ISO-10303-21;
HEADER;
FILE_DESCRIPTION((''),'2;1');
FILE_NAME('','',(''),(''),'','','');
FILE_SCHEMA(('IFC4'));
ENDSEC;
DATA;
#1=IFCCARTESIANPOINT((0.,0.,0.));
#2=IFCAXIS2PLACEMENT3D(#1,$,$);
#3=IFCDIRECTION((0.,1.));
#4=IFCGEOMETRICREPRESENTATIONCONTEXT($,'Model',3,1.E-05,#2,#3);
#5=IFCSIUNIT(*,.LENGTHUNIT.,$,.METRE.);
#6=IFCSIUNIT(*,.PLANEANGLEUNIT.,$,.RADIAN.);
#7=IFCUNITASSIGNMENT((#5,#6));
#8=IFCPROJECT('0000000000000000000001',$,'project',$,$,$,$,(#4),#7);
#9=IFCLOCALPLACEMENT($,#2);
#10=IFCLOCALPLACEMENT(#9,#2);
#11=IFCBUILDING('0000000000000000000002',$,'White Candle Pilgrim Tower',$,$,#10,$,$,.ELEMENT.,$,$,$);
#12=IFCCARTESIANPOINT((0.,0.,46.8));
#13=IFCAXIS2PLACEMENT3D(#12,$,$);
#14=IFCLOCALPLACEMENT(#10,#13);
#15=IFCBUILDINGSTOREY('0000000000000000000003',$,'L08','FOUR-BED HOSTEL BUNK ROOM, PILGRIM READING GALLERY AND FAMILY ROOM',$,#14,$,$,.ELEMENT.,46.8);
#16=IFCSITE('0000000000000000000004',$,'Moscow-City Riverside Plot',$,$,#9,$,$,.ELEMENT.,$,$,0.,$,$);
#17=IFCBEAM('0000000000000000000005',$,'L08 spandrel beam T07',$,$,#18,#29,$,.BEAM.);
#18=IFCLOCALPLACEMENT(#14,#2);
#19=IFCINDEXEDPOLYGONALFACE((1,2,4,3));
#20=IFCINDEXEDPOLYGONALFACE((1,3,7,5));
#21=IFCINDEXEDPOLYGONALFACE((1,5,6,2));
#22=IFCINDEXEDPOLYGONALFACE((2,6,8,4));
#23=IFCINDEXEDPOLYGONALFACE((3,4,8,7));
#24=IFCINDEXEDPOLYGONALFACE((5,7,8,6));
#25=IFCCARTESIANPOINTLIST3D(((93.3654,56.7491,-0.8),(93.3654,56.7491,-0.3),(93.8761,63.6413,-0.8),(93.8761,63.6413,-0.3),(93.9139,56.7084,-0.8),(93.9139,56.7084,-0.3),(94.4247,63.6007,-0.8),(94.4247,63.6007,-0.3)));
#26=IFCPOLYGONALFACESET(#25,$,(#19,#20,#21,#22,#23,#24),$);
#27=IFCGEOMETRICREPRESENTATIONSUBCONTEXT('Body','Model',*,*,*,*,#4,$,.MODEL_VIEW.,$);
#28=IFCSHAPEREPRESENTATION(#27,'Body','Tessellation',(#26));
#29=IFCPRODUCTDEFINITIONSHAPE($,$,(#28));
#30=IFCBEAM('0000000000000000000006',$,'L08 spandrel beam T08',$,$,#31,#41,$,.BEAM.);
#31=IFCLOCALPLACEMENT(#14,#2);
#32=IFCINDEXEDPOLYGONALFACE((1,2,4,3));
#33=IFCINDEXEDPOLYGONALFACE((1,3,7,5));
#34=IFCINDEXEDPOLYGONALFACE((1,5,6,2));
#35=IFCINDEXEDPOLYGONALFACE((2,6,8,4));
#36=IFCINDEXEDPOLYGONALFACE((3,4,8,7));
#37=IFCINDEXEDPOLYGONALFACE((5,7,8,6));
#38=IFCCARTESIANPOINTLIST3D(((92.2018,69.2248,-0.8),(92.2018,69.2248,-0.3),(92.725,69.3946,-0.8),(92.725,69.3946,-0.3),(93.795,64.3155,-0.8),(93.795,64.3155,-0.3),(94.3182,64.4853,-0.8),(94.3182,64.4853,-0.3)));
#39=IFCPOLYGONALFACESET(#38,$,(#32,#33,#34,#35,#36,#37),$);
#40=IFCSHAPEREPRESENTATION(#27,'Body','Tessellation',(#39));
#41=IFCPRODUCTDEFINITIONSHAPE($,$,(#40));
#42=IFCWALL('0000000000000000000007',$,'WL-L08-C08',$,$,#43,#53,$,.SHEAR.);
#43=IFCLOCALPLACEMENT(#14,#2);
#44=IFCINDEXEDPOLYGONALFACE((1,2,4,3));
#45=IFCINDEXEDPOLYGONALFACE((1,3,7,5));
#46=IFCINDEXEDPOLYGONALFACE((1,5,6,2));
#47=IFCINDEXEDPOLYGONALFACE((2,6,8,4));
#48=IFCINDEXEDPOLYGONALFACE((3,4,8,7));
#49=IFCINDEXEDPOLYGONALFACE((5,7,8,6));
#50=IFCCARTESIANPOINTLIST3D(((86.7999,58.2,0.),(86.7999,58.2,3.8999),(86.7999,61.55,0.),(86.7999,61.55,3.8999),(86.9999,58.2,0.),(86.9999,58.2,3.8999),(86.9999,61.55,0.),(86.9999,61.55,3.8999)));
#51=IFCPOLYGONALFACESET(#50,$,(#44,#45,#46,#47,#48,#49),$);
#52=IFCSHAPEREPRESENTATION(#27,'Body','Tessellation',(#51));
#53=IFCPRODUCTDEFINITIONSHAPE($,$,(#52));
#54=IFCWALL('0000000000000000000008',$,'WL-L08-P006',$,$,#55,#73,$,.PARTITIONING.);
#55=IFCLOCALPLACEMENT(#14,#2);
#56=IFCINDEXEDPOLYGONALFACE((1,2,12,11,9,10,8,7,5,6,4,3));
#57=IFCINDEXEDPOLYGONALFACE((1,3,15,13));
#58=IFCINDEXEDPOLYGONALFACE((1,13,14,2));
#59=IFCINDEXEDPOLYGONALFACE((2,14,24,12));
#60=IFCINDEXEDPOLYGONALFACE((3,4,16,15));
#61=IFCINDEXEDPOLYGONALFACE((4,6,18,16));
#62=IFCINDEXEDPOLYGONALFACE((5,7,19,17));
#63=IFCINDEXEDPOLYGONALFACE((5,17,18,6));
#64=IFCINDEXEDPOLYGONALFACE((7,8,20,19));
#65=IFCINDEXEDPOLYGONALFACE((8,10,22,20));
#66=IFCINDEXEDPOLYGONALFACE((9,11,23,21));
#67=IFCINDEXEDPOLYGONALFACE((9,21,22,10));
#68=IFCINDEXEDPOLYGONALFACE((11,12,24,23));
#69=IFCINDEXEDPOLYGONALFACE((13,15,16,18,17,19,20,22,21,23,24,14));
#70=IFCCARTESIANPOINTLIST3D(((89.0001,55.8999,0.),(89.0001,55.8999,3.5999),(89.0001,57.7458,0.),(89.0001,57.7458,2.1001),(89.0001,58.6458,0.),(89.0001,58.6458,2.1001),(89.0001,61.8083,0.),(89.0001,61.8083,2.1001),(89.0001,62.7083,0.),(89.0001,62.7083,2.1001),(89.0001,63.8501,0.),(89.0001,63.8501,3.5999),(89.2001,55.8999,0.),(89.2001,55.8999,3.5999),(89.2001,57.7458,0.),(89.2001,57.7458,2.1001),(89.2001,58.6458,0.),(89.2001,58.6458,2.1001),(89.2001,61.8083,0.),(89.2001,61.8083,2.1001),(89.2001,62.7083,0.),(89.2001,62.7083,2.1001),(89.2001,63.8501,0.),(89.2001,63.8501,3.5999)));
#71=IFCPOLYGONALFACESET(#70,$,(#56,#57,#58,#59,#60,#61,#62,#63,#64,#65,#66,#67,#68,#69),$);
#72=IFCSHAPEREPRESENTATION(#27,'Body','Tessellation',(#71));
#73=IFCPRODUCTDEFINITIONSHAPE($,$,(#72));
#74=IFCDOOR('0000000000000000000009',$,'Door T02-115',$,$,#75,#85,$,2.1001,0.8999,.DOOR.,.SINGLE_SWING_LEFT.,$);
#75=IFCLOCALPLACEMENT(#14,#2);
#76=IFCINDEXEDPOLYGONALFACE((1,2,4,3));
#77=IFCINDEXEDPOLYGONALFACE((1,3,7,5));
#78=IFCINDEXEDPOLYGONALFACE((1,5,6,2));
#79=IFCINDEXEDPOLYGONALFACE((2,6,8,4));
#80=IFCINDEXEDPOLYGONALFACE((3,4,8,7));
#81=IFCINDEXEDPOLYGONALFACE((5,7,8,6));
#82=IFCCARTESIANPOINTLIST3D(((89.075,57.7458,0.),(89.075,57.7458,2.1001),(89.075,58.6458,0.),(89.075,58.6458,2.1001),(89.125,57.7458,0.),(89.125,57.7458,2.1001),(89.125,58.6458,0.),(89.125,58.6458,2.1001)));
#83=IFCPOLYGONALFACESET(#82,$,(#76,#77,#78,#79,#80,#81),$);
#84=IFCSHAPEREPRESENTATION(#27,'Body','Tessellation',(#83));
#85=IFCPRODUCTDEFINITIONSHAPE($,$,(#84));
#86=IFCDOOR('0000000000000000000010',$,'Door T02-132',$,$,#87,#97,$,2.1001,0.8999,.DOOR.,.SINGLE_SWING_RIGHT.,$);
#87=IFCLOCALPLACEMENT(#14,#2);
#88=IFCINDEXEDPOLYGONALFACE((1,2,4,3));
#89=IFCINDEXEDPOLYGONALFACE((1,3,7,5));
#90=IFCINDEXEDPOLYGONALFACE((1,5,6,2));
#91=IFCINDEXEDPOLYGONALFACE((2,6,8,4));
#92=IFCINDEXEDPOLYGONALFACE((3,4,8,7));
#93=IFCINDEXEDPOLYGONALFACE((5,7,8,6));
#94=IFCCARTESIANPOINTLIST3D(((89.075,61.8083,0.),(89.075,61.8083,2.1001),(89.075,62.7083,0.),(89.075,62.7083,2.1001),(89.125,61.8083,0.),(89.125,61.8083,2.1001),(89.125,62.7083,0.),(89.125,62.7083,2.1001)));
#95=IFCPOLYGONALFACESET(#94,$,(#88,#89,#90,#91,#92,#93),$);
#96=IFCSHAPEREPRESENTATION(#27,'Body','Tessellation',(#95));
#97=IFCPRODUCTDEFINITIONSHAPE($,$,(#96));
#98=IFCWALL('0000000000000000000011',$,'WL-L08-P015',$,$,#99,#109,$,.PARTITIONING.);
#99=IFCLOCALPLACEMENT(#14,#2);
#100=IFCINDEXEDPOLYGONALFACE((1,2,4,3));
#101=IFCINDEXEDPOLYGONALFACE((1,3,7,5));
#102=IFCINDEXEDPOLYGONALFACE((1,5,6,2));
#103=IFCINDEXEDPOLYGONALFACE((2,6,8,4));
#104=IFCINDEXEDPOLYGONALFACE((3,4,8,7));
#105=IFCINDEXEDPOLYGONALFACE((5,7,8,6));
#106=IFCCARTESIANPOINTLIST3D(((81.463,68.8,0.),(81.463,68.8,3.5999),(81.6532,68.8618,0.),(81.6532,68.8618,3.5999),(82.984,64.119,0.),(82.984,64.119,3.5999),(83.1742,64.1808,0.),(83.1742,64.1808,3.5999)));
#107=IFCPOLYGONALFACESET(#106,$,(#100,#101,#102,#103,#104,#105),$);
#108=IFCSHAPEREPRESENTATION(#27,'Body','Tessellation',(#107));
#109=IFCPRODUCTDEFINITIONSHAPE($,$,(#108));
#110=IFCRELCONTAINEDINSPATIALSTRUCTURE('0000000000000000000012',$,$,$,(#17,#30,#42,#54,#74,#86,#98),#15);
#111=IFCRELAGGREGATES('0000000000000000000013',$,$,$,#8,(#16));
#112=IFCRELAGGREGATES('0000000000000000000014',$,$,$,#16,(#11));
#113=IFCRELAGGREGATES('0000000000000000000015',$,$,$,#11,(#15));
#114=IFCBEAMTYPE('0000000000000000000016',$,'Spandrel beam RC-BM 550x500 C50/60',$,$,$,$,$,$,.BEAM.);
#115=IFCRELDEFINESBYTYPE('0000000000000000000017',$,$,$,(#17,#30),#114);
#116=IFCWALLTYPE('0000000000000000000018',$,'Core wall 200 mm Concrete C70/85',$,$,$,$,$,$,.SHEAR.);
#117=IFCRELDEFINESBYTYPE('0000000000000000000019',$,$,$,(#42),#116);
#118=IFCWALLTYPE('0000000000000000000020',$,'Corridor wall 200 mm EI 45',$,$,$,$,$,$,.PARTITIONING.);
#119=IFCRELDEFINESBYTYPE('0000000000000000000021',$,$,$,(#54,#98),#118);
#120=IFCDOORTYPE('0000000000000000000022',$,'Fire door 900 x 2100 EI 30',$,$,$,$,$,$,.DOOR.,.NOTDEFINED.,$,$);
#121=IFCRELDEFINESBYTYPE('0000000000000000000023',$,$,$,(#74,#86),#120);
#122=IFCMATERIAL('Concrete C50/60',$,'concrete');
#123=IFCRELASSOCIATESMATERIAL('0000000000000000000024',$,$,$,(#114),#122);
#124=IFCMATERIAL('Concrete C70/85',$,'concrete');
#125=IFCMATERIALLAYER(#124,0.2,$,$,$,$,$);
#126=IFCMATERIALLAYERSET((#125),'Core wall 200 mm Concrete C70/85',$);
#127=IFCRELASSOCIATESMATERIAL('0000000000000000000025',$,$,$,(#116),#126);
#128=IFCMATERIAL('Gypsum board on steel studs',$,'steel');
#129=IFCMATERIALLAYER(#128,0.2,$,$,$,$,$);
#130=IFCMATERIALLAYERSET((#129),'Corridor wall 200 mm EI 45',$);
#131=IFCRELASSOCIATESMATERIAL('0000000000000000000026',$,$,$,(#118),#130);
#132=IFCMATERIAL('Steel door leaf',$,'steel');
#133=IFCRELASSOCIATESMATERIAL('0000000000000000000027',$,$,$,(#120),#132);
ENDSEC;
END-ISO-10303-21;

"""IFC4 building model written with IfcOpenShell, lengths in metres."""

from ifc_helpers import new_model, si_unit, direction, frame, frame_2d, origin, origin_2d, place, context, subcontext, project, spatial, rectangle, extrude, material, layer, layer_set, material_profile, profile_set, type_object, element, fill, save


model = new_model("IFC4")

# Units and contexts
model_context = context("Model", 3, precision=1e-05, world=origin(), true_north=direction((0.0, 1.0)))
body_context = subcontext(model_context, "Body", "Model", "MODEL_VIEW")
ifc_project = project(units=[si_unit("LENGTHUNIT", "METRE"), si_unit("PLANEANGLEUNIT", "RADIAN")], contexts=[model_context])

# Site, building, storey
site_placement = place(None, origin())
site = spatial("IfcSite", under=ifc_project, at=site_placement, Name="Moscow-City Riverside Plot", CompositionType="ELEMENT", RefElevation=0.0)
building_placement = place(site_placement, origin())
building = spatial("IfcBuilding", under=site, at=building_placement, Name="White Candle Pilgrim Tower", CompositionType="ELEMENT")
storey_placement = place(building_placement, frame((0.0, 0.0, 46.8)))
storey = spatial("IfcBuildingStorey", under=building, at=storey_placement, Name="L08", Description="FOUR-BED HOSTEL BUNK ROOM, PILGRIM READING GALLERY AND FAMILY ROOM", CompositionType="ELEMENT", Elevation=46.8)

# Beams
ifc_material_1 = material(Name="Concrete C50/60", Category="concrete")
ifc_material_profile_1 = material_profile(ifc_material_1, rectangle(XDim=0.55, YDim=0.5, at=origin_2d()), Name="RC-BM 550x500")
ifc_profile_set_1 = profile_set([ifc_material_profile_1], Name="Concrete C50/60")
beam_type_1 = type_object("IfcBeamType", Name="Spandrel beam RC-BM 550x500 C50/60", PredefinedType="BEAM", material=ifc_profile_set_1)
beam_1_placement = place(storey_placement, frame((93.6396, 56.7288, -0.55), z_axis=(0.0739, 0.997266, 0.0), x_axis=(-0.997266, 0.0739, 0.0)))
element("IfcBeam", 1, at=beam_1_placement, inside=storey, type_object=beam_type_1, Name="L08 spandrel beam T07", PredefinedType="BEAM", context=body_context, shape_type="SweptSolid", body=[
    extrude(rectangle(XDim=0.55, YDim=0.5, at=origin_2d()), origin(), (0.0, 0.0, 1.0), 6.9111),
])
beam_2_placement = place(storey_placement, frame((94.0566, 64.4004, -0.55), z_axis=(-0.308683, 0.951165, 0.0), x_axis=(-0.951165, -0.308683, 0.0)))
element("IfcBeam", 2, at=beam_2_placement, inside=storey, type_object=beam_type_1, Name="L08 spandrel beam T08", PredefinedType="BEAM", context=body_context, shape_type="SweptSolid", body=[
    extrude(rectangle(XDim=0.55, YDim=0.5, at=origin_2d()), origin(), (0.0, 0.0, 1.0), 5.1614),
])

# Wall
ifc_material_2 = material(Name="Concrete C70/85", Category="concrete")
ifc_layer_1 = layer(ifc_material_2, 0.2)
ifc_layer_set_1 = layer_set([ifc_layer_1], Name="Core wall 200 mm Concrete C70/85")
wall_type_1 = type_object("IfcWallType", Name="Core wall 200 mm Concrete C70/85", PredefinedType="SHEAR", material=ifc_layer_set_1)
wall_1_placement = place(storey_placement, frame((86.8999, 58.2, 0.0), z_axis=(0.0, 0.0, 1.0), x_axis=(0.0, 1.0, 0.0)))
element("IfcWall", 3, at=wall_1_placement, inside=storey, type_object=wall_type_1, Name="WL-L08-C08", PredefinedType="SHEAR", context=body_context, shape_type="SweptSolid", body=[
    extrude(rectangle(XDim=3.3501, YDim=0.2, at=frame_2d((1.675, 0.0))), origin(), (0.0, 0.0, 1.0), 3.8999),
])

# Wall, openings, doors
ifc_material_3 = material(Name="Gypsum board on steel studs", Category="steel")
ifc_layer_2 = layer(ifc_material_3, 0.2)
ifc_layer_set_2 = layer_set([ifc_layer_2], Name="Corridor wall 200 mm EI 45")
wall_type_2 = type_object("IfcWallType", Name="Corridor wall 200 mm EI 45", PredefinedType="PARTITIONING", material=ifc_layer_set_2)
wall_2_placement = place(storey_placement, frame((89.1001, 63.8501, 0.0), z_axis=(0.0, 0.0, 1.0), x_axis=(0.0, -1.0, 0.0)))
wall_2 = element("IfcWall", 4, at=wall_2_placement, inside=storey, type_object=wall_type_2, Name="WL-L08-P006", PredefinedType="PARTITIONING", context=body_context, shape_type="SweptSolid", body=[
    extrude(rectangle(XDim=7.9502, YDim=0.2, at=frame_2d((3.9751, 0.0))), origin(), (0.0, 0.0, 1.0), 3.5999),
])
opening_1_placement = place(wall_2_placement, frame((5.2043, 0.0, 0.0)))
opening_1 = element("IfcOpeningElement", 5, at=opening_1_placement, cuts=wall_2, PredefinedType="OPENING", context=body_context, shape_type="SweptSolid", body=[
    extrude(rectangle(XDim=0.8999, YDim=2.1001, at=frame_2d((0.45, 1.05))), frame((0.0, 0.1099, 0.0), z_axis=(0.0, -1.0, 0.0), x_axis=(1.0, 0.0, 0.0)), (0.0, 0.0, 1.0), 0.22),
])
opening_2_placement = place(wall_2_placement, frame((1.1418, 0.0, 0.0)))
opening_2 = element("IfcOpeningElement", 6, at=opening_2_placement, cuts=wall_2, PredefinedType="OPENING", context=body_context, shape_type="SweptSolid", body=[
    extrude(rectangle(XDim=0.8999, YDim=2.1001, at=frame_2d((0.45, 1.05))), frame((0.0, 0.1099, 0.0), z_axis=(0.0, -1.0, 0.0), x_axis=(1.0, 0.0, 0.0)), (0.0, 0.0, 1.0), 0.22),
])
ifc_material_4 = material(Name="Steel door leaf", Category="steel")
door_type_1 = type_object("IfcDoorType", Name="Fire door 900 x 2100 EI 30", OperationType="NOTDEFINED", PredefinedType="DOOR", material=ifc_material_4)
door_1_placement = place(opening_1_placement, origin())
door_1 = element("IfcDoor", 7, at=door_1_placement, inside=storey, type_object=door_type_1, Name="Door T02-115", OperationType="SINGLE_SWING_LEFT", OverallHeight=2.1001, OverallWidth=0.8999, PredefinedType="DOOR", context=body_context, shape_type="SweptSolid", body=[
    extrude(rectangle(XDim=0.8999, YDim=2.1001, at=frame_2d((0.45, 1.05))), frame((0.0, 0.0249, 0.0), z_axis=(0.0, -1.0, 0.0), x_axis=(1.0, 0.0, 0.0)), (0.0, 0.0, 1.0), 0.05),
])
fill(opening_1, door_1)
door_2_placement = place(opening_2_placement, origin())
door_2 = element("IfcDoor", 8, at=door_2_placement, inside=storey, type_object=door_type_1, Name="Door T02-132", OperationType="SINGLE_SWING_RIGHT", OverallHeight=2.1001, OverallWidth=0.8999, PredefinedType="DOOR", context=body_context, shape_type="SweptSolid", body=[
    extrude(rectangle(XDim=0.8999, YDim=2.1001, at=frame_2d((0.45, 1.05))), frame((0.0, 0.0249, 0.0), z_axis=(0.0, -1.0, 0.0), x_axis=(1.0, 0.0, 0.0)), (0.0, 0.0, 1.0), 0.05),
])
fill(opening_2, door_2)

# Wall
wall_3_placement = place(storey_placement, frame((83.0791, 64.1499, 0.0), z_axis=(0.0, 0.0, 1.0), x_axis=(-0.309031, 0.951052, 0.0)))
element("IfcWall", 9, at=wall_3_placement, inside=storey, type_object=wall_type_2, Name="WL-L08-P015", PredefinedType="PARTITIONING", context=body_context, shape_type="SweptSolid", body=[
    extrude(rectangle(XDim=4.9219, YDim=0.2, at=frame_2d((2.4609, 0.0))), origin(), (0.0, 0.0, 1.0), 3.5999),
])

save(model, "model.ifc")
